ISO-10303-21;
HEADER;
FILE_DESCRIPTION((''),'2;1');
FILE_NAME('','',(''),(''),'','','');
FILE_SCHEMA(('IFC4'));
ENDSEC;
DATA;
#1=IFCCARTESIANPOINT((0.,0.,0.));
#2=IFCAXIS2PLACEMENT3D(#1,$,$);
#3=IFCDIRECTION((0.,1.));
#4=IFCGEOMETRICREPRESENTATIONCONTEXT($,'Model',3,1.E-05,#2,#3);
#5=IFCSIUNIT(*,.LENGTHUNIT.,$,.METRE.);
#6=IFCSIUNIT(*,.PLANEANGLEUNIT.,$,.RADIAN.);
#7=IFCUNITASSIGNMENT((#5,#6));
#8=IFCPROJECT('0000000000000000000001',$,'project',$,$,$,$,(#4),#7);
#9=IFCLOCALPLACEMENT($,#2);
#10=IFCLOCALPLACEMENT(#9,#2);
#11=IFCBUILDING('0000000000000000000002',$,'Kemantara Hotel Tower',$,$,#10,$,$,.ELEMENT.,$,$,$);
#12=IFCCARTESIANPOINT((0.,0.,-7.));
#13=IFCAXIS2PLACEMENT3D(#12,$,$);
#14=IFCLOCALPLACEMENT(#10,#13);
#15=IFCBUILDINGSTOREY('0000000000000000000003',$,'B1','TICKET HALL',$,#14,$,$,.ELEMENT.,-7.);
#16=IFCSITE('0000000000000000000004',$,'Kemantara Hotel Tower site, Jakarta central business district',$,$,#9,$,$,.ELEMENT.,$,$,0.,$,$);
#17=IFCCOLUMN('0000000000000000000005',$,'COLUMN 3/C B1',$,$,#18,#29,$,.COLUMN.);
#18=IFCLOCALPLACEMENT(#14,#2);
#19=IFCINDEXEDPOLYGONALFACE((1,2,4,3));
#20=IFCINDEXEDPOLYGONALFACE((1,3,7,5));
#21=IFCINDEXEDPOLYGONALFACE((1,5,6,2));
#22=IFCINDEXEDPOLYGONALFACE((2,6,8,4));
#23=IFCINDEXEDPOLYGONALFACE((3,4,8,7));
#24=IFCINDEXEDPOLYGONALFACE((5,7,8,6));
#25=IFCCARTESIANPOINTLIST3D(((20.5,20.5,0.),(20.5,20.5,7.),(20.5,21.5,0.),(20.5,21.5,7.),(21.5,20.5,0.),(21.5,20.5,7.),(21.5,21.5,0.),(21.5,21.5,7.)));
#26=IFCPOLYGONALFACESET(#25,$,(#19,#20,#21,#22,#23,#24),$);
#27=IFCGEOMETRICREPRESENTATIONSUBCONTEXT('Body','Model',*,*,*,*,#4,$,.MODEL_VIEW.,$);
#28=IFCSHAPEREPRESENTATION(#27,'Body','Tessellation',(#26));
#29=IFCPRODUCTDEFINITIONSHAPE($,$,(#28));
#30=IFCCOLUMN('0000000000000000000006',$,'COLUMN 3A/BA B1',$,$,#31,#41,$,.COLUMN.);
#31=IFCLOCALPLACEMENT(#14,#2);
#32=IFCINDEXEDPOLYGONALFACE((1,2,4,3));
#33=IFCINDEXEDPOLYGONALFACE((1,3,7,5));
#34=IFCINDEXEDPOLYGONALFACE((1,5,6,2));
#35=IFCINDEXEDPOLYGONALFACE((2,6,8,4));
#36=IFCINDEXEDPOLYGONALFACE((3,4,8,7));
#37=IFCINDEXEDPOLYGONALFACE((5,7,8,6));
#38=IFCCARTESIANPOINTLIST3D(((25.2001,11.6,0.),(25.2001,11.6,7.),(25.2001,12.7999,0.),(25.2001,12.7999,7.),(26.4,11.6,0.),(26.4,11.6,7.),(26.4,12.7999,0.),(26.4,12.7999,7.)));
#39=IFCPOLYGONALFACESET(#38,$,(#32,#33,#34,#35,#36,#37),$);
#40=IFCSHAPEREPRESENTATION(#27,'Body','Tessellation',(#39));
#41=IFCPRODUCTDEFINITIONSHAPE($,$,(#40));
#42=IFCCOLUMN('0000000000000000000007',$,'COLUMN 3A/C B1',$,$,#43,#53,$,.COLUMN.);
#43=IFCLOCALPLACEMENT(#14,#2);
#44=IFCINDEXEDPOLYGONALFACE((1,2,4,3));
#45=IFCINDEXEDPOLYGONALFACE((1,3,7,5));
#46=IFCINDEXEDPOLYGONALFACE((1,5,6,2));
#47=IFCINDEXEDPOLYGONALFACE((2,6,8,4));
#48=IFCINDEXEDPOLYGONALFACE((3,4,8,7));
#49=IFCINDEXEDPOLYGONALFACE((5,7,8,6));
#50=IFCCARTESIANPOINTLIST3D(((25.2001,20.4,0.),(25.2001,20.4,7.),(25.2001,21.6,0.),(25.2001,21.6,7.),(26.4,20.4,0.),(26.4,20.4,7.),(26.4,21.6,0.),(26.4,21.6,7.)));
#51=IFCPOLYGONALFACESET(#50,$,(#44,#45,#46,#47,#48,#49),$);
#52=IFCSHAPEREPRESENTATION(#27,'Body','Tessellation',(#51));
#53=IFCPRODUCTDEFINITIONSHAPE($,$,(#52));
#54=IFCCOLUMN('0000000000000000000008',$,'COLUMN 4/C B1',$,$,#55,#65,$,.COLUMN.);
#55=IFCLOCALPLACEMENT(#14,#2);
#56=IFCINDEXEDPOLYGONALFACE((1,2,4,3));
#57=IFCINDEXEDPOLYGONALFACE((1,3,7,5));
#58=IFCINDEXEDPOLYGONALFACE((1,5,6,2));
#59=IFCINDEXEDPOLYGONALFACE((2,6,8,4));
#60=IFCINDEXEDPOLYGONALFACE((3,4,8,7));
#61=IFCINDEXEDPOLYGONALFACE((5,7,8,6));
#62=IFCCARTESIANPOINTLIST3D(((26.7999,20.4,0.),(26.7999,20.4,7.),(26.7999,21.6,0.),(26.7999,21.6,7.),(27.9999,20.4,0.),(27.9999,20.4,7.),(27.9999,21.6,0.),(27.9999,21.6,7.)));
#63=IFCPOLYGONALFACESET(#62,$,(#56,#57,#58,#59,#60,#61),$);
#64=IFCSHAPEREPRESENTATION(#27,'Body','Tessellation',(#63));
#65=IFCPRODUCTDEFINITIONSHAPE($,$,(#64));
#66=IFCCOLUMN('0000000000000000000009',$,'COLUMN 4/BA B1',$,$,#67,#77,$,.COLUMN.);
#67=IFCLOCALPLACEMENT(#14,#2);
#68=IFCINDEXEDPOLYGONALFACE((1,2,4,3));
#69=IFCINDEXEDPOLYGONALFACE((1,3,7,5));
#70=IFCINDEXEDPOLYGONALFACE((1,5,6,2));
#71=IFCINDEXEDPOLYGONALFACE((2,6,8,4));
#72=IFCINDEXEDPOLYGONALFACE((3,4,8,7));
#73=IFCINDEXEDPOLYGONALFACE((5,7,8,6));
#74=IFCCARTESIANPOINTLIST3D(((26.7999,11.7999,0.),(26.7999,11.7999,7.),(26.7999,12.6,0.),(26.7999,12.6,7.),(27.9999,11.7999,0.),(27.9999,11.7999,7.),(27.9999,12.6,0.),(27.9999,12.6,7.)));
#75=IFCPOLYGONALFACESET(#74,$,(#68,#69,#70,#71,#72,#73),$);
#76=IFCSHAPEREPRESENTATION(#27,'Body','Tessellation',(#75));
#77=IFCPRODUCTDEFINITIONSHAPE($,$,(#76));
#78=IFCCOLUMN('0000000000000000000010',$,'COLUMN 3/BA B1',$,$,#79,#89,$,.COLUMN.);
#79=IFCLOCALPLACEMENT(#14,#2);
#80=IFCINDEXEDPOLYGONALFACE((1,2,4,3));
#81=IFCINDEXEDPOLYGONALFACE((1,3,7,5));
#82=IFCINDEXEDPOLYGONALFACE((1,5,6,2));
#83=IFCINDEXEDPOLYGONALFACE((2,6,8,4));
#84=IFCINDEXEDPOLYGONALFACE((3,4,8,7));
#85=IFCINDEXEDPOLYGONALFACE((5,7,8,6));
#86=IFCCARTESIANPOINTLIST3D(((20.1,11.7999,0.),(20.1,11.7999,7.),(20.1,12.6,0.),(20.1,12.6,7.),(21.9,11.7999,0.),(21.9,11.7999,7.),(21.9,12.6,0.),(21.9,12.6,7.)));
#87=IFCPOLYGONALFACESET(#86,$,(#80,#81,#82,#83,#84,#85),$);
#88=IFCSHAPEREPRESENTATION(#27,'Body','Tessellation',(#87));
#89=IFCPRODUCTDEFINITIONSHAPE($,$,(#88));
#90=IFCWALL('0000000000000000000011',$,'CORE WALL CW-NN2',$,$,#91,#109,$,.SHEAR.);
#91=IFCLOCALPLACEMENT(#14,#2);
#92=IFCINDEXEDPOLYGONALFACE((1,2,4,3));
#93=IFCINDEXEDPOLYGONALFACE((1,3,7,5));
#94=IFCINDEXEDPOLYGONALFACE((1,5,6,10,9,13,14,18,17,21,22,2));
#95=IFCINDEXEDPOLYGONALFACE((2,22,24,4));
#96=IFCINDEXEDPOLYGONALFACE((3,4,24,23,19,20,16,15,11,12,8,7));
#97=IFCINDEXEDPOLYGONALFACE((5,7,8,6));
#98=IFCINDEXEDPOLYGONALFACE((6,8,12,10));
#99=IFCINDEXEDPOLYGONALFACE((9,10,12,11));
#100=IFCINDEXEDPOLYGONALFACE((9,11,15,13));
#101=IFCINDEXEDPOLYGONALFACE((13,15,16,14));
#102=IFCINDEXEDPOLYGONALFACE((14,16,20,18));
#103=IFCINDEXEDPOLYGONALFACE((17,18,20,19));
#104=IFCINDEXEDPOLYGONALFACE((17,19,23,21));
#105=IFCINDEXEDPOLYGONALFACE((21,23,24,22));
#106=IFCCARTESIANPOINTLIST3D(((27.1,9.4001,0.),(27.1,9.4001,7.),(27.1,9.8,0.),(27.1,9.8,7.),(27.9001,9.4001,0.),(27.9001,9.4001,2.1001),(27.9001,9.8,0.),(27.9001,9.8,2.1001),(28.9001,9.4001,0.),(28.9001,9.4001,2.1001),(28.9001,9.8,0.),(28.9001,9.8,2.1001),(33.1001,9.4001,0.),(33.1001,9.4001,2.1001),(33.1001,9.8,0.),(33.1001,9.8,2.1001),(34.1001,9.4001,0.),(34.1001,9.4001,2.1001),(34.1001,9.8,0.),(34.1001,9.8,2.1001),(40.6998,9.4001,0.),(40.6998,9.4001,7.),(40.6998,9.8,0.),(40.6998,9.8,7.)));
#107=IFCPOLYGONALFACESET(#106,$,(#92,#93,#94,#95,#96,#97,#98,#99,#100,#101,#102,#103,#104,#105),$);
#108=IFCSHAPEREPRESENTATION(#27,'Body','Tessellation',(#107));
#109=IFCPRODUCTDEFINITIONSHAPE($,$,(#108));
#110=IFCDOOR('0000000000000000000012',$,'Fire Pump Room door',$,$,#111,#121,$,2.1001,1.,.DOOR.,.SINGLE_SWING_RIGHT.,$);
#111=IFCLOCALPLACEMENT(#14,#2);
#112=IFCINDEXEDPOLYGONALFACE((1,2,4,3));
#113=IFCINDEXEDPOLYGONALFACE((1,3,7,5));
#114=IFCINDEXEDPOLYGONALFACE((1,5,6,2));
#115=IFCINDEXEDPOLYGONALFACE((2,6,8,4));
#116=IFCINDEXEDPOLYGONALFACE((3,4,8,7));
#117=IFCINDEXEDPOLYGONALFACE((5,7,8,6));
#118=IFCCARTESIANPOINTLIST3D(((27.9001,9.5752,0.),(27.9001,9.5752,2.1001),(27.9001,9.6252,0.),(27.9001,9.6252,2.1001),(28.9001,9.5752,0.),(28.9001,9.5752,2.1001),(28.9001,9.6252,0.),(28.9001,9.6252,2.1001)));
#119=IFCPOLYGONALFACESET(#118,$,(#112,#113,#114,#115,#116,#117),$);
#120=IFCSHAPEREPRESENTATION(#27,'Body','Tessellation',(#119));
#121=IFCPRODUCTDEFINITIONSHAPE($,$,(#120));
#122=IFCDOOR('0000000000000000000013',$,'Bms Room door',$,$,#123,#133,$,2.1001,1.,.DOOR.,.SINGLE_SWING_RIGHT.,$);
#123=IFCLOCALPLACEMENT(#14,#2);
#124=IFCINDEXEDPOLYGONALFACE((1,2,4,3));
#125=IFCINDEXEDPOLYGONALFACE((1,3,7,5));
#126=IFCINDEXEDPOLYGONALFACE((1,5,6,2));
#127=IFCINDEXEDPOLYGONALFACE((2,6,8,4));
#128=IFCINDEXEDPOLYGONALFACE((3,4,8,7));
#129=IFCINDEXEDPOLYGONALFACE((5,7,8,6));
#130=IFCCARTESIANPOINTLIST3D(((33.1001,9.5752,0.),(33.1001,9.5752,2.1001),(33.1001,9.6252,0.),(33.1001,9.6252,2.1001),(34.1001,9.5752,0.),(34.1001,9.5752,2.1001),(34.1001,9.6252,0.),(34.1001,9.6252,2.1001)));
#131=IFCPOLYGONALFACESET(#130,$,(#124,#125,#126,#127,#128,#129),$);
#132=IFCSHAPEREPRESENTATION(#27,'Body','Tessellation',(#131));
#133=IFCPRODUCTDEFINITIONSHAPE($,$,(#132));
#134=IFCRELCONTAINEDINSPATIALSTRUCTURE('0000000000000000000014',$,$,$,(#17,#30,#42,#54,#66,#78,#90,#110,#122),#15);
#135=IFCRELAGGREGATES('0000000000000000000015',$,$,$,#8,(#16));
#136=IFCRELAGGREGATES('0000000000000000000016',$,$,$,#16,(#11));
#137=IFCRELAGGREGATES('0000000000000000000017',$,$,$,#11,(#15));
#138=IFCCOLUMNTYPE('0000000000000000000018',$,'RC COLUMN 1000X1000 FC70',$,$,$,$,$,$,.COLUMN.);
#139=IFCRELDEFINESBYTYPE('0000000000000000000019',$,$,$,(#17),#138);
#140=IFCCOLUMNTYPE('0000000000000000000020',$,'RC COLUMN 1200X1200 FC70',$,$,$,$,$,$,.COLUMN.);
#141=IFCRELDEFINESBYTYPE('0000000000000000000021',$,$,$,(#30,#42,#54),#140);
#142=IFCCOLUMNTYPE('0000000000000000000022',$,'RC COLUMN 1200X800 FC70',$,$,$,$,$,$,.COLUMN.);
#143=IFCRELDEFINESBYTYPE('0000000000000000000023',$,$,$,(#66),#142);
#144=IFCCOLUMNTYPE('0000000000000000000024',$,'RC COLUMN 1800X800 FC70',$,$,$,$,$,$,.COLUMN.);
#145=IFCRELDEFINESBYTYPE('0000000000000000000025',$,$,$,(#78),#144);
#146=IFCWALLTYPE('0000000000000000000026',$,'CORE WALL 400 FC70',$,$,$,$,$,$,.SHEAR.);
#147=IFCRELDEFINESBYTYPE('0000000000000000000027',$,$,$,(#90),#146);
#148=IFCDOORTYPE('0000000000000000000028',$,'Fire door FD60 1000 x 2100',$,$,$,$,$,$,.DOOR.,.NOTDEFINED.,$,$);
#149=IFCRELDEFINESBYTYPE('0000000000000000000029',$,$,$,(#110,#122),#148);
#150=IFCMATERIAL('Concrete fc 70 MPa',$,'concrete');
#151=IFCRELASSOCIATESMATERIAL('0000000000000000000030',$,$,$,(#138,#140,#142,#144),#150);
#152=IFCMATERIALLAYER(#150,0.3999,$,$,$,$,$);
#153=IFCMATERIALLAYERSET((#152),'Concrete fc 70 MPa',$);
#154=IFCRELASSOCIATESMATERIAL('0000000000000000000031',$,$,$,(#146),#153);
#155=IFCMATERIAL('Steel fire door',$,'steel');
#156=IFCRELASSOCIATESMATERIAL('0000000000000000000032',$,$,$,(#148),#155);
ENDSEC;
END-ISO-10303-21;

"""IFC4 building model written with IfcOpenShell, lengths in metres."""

from ifc_helpers import new_model, si_unit, direction, frame, frame_2d, origin, origin_2d, place, context, subcontext, project, spatial, rectangle, extrude, material, layer, layer_set, material_profile, profile_set, type_object, element, fill, save


model = new_model("IFC4")

# Units and contexts
model_context = context("Model", 3, precision=1e-05, world=origin(), true_north=direction((0.0, 1.0)))
body_context = subcontext(model_context, "Body", "Model", "MODEL_VIEW")
ifc_project = project(units=[si_unit("LENGTHUNIT", "METRE"), si_unit("PLANEANGLEUNIT", "RADIAN")], contexts=[model_context])

# Site, building, storey
site_placement = place(None, origin())
site = spatial("IfcSite", under=ifc_project, at=site_placement, Name="Kemantara Hotel Tower site, Jakarta central business district", CompositionType="ELEMENT", RefElevation=0.0)
building_placement = place(site_placement, origin())
building = spatial("IfcBuilding", under=site, at=building_placement, Name="Kemantara Hotel Tower", CompositionType="ELEMENT")
storey_placement = place(building_placement, frame((0.0, 0.0, -7.0)))
storey = spatial("IfcBuildingStorey", under=building, at=storey_placement, Name="B1", Description="TICKET HALL", CompositionType="ELEMENT", Elevation=-7.0)

# Columns
ifc_material_1 = material(Name="Concrete fc 70 MPa", Category="concrete")
ifc_material_profile_1 = material_profile(ifc_material_1, rectangle(XDim=1.0, YDim=1.0, at=origin_2d()), Name="RC 1000X1000")
ifc_profile_set_1 = profile_set([ifc_material_profile_1], Name="Concrete fc 70 MPa")
column_type_1 = type_object("IfcColumnType", Name="RC COLUMN 1000X1000 FC70", PredefinedType="COLUMN", material=ifc_profile_set_1)
column_1_placement = place(storey_placement, frame((21.0, 21.0, 0.0), z_axis=(0.0, 0.0, 1.0), x_axis=(1.0, 0.0, 0.0)))
element("IfcColumn", 1, at=column_1_placement, inside=storey, type_object=column_type_1, Name="COLUMN 3/C B1", PredefinedType="COLUMN", context=body_context, shape_type="SweptSolid", body=[
    extrude(rectangle(XDim=1.0, YDim=1.0, at=origin_2d()), origin(), (0.0, 0.0, 1.0), 7.0),
])
ifc_material_profile_2 = material_profile(ifc_material_1, rectangle(XDim=1.2, YDim=1.2, at=origin_2d()), Name="RC 1200X1200")
ifc_profile_set_2 = profile_set([ifc_material_profile_2], Name="Concrete fc 70 MPa")
column_type_2 = type_object("IfcColumnType", Name="RC COLUMN 1200X1200 FC70", PredefinedType="COLUMN", material=ifc_profile_set_2)
for number, where, z_axis, x_axis, name in (
    (2, (25.8, 12.2, 0.0), (0.0, 0.0, 1.0), (1.0, 0.0, 0.0), "COLUMN 3A/BA B1"),
    (3, (25.8, 21.0, 0.0), (0.0, 0.0, 1.0), (1.0, 0.0, 0.0), "COLUMN 3A/C B1"),
    (4, (27.3999, 21.0, 0.0), (0.0, 0.0, 1.0), (1.0, 0.0, 0.0), "COLUMN 4/C B1"),
):
    element("IfcColumn", number, at=place(storey_placement, frame(where, z_axis=z_axis, x_axis=x_axis)), inside=storey, type_object=column_type_2, Name=name, PredefinedType="COLUMN", context=body_context, shape_type="SweptSolid", body=[
        extrude(rectangle(XDim=1.2, YDim=1.2, at=origin_2d()), origin(), (0.0, 0.0, 1.0), 7.0),
    ])
ifc_material_profile_3 = material_profile(ifc_material_1, rectangle(XDim=1.2, YDim=0.8, at=origin_2d()), Name="RC 1200X800")
ifc_profile_set_3 = profile_set([ifc_material_profile_3], Name="Concrete fc 70 MPa")
column_type_3 = type_object("IfcColumnType", Name="RC COLUMN 1200X800 FC70", PredefinedType="COLUMN", material=ifc_profile_set_3)
column_2_placement = place(storey_placement, frame((27.3999, 12.2, 0.0), z_axis=(0.0, 0.0, 1.0), x_axis=(1.0, 0.0, 0.0)))
element("IfcColumn", 5, at=column_2_placement, inside=storey, type_object=column_type_3, Name="COLUMN 4/BA B1", PredefinedType="COLUMN", context=body_context, shape_type="SweptSolid", body=[
    extrude(rectangle(XDim=1.2, YDim=0.8, at=origin_2d()), origin(), (0.0, 0.0, 1.0), 7.0),
])
ifc_material_profile_4 = material_profile(ifc_material_1, rectangle(XDim=1.8, YDim=0.8, at=origin_2d()), Name="RC 1800X800")
ifc_profile_set_4 = profile_set([ifc_material_profile_4], Name="Concrete fc 70 MPa")
column_type_4 = type_object("IfcColumnType", Name="RC COLUMN 1800X800 FC70", PredefinedType="COLUMN", material=ifc_profile_set_4)
column_3_placement = place(storey_placement, frame((21.0, 12.2, 0.0), z_axis=(0.0, 0.0, 1.0), x_axis=(1.0, 0.0, 0.0)))
element("IfcColumn", 6, at=column_3_placement, inside=storey, type_object=column_type_4, Name="COLUMN 3/BA B1", PredefinedType="COLUMN", context=body_context, shape_type="SweptSolid", body=[
    extrude(rectangle(XDim=1.8, YDim=0.8, at=origin_2d()), origin(), (0.0, 0.0, 1.0), 7.0),
])

# Wall, openings, doors
ifc_layer_1 = layer(ifc_material_1, 0.3999)
ifc_layer_set_1 = layer_set([ifc_layer_1], Name="Concrete fc 70 MPa")
wall_type_1 = type_object("IfcWallType", Name="CORE WALL 400 FC70", PredefinedType="SHEAR", material=ifc_layer_set_1)
wall_1_placement = place(storey_placement, frame((27.1001, 9.6001, 0.0), z_axis=(0.0, 0.0, 1.0), x_axis=(1.0, 0.0, 0.0)))
wall_1 = element("IfcWall", 7, at=wall_1_placement, inside=storey, type_object=wall_type_1, Name="CORE WALL CW-NN2", PredefinedType="SHEAR", context=body_context, shape_type="SweptSolid", body=[
    extrude(rectangle(XDim=13.5999, YDim=0.3999, at=frame_2d((6.7998, 0.0))), origin(), (0.0, 0.0, 1.0), 7.0),
])
opening_1_placement = place(wall_1_placement, frame((0.8, 0.0, 0.0)))
opening_1 = element("IfcOpeningElement", 8, at=opening_1_placement, cuts=wall_1, PredefinedType="OPENING", context=body_context, shape_type="SweptSolid", body=[
    extrude(rectangle(XDim=1.0, YDim=2.1001, at=frame_2d((0.5, 1.05))), frame((0.0, 0.21, 0.0), z_axis=(0.0, -1.0, 0.0), x_axis=(1.0, 0.0, 0.0)), (0.0, 0.0, 1.0), 0.4199),
])
opening_2_placement = place(wall_1_placement, frame((6.0, 0.0, 0.0)))
opening_2 = element("IfcOpeningElement", 9, at=opening_2_placement, cuts=wall_1, PredefinedType="OPENING", context=body_context, shape_type="SweptSolid", body=[
    extrude(rectangle(XDim=1.0, YDim=2.1001, at=frame_2d((0.5, 1.05))), frame((0.0, 0.21, 0.0), z_axis=(0.0, -1.0, 0.0), x_axis=(1.0, 0.0, 0.0)), (0.0, 0.0, 1.0), 0.4199),
])
ifc_material_2 = material(Name="Steel fire door", Category="steel")
door_type_1 = type_object("IfcDoorType", Name="Fire door FD60 1000 x 2100", OperationType="NOTDEFINED", PredefinedType="DOOR", material=ifc_material_2)
door_1_placement = place(opening_1_placement, frame((1.0, 0.0, 0.0), z_axis=(0.0, 0.0, 1.0), x_axis=(-1.0, 0.0, 0.0)))
door_1 = element("IfcDoor", 10, at=door_1_placement, inside=storey, type_object=door_type_1, Name="Fire Pump Room door", OperationType="SINGLE_SWING_RIGHT", OverallHeight=2.1001, OverallWidth=1.0, PredefinedType="DOOR", context=body_context, shape_type="SweptSolid", body=[
    extrude(rectangle(XDim=1.0, YDim=2.1001, at=frame_2d((0.5, 1.05))), frame((0.0, 0.0249, 0.0), z_axis=(0.0, -1.0, 0.0), x_axis=(1.0, 0.0, 0.0)), (0.0, 0.0, 1.0), 0.05),
])
fill(opening_1, door_1)
door_2_placement = place(opening_2_placement, frame((1.0, 0.0, 0.0), z_axis=(0.0, 0.0, 1.0), x_axis=(-1.0, 0.0, 0.0)))
door_2 = element("IfcDoor", 11, at=door_2_placement, inside=storey, type_object=door_type_1, Name="Bms Room door", OperationType="SINGLE_SWING_RIGHT", OverallHeight=2.1001, OverallWidth=1.0, PredefinedType="DOOR", context=body_context, shape_type="SweptSolid", body=[
    extrude(rectangle(XDim=1.0, YDim=2.1001, at=frame_2d((0.5, 1.05))), frame((0.0, 0.0249, 0.0), z_axis=(0.0, -1.0, 0.0), x_axis=(1.0, 0.0, 0.0)), (0.0, 0.0, 1.0), 0.05),
])
fill(opening_2, door_2)

save(model, "model.ifc")
